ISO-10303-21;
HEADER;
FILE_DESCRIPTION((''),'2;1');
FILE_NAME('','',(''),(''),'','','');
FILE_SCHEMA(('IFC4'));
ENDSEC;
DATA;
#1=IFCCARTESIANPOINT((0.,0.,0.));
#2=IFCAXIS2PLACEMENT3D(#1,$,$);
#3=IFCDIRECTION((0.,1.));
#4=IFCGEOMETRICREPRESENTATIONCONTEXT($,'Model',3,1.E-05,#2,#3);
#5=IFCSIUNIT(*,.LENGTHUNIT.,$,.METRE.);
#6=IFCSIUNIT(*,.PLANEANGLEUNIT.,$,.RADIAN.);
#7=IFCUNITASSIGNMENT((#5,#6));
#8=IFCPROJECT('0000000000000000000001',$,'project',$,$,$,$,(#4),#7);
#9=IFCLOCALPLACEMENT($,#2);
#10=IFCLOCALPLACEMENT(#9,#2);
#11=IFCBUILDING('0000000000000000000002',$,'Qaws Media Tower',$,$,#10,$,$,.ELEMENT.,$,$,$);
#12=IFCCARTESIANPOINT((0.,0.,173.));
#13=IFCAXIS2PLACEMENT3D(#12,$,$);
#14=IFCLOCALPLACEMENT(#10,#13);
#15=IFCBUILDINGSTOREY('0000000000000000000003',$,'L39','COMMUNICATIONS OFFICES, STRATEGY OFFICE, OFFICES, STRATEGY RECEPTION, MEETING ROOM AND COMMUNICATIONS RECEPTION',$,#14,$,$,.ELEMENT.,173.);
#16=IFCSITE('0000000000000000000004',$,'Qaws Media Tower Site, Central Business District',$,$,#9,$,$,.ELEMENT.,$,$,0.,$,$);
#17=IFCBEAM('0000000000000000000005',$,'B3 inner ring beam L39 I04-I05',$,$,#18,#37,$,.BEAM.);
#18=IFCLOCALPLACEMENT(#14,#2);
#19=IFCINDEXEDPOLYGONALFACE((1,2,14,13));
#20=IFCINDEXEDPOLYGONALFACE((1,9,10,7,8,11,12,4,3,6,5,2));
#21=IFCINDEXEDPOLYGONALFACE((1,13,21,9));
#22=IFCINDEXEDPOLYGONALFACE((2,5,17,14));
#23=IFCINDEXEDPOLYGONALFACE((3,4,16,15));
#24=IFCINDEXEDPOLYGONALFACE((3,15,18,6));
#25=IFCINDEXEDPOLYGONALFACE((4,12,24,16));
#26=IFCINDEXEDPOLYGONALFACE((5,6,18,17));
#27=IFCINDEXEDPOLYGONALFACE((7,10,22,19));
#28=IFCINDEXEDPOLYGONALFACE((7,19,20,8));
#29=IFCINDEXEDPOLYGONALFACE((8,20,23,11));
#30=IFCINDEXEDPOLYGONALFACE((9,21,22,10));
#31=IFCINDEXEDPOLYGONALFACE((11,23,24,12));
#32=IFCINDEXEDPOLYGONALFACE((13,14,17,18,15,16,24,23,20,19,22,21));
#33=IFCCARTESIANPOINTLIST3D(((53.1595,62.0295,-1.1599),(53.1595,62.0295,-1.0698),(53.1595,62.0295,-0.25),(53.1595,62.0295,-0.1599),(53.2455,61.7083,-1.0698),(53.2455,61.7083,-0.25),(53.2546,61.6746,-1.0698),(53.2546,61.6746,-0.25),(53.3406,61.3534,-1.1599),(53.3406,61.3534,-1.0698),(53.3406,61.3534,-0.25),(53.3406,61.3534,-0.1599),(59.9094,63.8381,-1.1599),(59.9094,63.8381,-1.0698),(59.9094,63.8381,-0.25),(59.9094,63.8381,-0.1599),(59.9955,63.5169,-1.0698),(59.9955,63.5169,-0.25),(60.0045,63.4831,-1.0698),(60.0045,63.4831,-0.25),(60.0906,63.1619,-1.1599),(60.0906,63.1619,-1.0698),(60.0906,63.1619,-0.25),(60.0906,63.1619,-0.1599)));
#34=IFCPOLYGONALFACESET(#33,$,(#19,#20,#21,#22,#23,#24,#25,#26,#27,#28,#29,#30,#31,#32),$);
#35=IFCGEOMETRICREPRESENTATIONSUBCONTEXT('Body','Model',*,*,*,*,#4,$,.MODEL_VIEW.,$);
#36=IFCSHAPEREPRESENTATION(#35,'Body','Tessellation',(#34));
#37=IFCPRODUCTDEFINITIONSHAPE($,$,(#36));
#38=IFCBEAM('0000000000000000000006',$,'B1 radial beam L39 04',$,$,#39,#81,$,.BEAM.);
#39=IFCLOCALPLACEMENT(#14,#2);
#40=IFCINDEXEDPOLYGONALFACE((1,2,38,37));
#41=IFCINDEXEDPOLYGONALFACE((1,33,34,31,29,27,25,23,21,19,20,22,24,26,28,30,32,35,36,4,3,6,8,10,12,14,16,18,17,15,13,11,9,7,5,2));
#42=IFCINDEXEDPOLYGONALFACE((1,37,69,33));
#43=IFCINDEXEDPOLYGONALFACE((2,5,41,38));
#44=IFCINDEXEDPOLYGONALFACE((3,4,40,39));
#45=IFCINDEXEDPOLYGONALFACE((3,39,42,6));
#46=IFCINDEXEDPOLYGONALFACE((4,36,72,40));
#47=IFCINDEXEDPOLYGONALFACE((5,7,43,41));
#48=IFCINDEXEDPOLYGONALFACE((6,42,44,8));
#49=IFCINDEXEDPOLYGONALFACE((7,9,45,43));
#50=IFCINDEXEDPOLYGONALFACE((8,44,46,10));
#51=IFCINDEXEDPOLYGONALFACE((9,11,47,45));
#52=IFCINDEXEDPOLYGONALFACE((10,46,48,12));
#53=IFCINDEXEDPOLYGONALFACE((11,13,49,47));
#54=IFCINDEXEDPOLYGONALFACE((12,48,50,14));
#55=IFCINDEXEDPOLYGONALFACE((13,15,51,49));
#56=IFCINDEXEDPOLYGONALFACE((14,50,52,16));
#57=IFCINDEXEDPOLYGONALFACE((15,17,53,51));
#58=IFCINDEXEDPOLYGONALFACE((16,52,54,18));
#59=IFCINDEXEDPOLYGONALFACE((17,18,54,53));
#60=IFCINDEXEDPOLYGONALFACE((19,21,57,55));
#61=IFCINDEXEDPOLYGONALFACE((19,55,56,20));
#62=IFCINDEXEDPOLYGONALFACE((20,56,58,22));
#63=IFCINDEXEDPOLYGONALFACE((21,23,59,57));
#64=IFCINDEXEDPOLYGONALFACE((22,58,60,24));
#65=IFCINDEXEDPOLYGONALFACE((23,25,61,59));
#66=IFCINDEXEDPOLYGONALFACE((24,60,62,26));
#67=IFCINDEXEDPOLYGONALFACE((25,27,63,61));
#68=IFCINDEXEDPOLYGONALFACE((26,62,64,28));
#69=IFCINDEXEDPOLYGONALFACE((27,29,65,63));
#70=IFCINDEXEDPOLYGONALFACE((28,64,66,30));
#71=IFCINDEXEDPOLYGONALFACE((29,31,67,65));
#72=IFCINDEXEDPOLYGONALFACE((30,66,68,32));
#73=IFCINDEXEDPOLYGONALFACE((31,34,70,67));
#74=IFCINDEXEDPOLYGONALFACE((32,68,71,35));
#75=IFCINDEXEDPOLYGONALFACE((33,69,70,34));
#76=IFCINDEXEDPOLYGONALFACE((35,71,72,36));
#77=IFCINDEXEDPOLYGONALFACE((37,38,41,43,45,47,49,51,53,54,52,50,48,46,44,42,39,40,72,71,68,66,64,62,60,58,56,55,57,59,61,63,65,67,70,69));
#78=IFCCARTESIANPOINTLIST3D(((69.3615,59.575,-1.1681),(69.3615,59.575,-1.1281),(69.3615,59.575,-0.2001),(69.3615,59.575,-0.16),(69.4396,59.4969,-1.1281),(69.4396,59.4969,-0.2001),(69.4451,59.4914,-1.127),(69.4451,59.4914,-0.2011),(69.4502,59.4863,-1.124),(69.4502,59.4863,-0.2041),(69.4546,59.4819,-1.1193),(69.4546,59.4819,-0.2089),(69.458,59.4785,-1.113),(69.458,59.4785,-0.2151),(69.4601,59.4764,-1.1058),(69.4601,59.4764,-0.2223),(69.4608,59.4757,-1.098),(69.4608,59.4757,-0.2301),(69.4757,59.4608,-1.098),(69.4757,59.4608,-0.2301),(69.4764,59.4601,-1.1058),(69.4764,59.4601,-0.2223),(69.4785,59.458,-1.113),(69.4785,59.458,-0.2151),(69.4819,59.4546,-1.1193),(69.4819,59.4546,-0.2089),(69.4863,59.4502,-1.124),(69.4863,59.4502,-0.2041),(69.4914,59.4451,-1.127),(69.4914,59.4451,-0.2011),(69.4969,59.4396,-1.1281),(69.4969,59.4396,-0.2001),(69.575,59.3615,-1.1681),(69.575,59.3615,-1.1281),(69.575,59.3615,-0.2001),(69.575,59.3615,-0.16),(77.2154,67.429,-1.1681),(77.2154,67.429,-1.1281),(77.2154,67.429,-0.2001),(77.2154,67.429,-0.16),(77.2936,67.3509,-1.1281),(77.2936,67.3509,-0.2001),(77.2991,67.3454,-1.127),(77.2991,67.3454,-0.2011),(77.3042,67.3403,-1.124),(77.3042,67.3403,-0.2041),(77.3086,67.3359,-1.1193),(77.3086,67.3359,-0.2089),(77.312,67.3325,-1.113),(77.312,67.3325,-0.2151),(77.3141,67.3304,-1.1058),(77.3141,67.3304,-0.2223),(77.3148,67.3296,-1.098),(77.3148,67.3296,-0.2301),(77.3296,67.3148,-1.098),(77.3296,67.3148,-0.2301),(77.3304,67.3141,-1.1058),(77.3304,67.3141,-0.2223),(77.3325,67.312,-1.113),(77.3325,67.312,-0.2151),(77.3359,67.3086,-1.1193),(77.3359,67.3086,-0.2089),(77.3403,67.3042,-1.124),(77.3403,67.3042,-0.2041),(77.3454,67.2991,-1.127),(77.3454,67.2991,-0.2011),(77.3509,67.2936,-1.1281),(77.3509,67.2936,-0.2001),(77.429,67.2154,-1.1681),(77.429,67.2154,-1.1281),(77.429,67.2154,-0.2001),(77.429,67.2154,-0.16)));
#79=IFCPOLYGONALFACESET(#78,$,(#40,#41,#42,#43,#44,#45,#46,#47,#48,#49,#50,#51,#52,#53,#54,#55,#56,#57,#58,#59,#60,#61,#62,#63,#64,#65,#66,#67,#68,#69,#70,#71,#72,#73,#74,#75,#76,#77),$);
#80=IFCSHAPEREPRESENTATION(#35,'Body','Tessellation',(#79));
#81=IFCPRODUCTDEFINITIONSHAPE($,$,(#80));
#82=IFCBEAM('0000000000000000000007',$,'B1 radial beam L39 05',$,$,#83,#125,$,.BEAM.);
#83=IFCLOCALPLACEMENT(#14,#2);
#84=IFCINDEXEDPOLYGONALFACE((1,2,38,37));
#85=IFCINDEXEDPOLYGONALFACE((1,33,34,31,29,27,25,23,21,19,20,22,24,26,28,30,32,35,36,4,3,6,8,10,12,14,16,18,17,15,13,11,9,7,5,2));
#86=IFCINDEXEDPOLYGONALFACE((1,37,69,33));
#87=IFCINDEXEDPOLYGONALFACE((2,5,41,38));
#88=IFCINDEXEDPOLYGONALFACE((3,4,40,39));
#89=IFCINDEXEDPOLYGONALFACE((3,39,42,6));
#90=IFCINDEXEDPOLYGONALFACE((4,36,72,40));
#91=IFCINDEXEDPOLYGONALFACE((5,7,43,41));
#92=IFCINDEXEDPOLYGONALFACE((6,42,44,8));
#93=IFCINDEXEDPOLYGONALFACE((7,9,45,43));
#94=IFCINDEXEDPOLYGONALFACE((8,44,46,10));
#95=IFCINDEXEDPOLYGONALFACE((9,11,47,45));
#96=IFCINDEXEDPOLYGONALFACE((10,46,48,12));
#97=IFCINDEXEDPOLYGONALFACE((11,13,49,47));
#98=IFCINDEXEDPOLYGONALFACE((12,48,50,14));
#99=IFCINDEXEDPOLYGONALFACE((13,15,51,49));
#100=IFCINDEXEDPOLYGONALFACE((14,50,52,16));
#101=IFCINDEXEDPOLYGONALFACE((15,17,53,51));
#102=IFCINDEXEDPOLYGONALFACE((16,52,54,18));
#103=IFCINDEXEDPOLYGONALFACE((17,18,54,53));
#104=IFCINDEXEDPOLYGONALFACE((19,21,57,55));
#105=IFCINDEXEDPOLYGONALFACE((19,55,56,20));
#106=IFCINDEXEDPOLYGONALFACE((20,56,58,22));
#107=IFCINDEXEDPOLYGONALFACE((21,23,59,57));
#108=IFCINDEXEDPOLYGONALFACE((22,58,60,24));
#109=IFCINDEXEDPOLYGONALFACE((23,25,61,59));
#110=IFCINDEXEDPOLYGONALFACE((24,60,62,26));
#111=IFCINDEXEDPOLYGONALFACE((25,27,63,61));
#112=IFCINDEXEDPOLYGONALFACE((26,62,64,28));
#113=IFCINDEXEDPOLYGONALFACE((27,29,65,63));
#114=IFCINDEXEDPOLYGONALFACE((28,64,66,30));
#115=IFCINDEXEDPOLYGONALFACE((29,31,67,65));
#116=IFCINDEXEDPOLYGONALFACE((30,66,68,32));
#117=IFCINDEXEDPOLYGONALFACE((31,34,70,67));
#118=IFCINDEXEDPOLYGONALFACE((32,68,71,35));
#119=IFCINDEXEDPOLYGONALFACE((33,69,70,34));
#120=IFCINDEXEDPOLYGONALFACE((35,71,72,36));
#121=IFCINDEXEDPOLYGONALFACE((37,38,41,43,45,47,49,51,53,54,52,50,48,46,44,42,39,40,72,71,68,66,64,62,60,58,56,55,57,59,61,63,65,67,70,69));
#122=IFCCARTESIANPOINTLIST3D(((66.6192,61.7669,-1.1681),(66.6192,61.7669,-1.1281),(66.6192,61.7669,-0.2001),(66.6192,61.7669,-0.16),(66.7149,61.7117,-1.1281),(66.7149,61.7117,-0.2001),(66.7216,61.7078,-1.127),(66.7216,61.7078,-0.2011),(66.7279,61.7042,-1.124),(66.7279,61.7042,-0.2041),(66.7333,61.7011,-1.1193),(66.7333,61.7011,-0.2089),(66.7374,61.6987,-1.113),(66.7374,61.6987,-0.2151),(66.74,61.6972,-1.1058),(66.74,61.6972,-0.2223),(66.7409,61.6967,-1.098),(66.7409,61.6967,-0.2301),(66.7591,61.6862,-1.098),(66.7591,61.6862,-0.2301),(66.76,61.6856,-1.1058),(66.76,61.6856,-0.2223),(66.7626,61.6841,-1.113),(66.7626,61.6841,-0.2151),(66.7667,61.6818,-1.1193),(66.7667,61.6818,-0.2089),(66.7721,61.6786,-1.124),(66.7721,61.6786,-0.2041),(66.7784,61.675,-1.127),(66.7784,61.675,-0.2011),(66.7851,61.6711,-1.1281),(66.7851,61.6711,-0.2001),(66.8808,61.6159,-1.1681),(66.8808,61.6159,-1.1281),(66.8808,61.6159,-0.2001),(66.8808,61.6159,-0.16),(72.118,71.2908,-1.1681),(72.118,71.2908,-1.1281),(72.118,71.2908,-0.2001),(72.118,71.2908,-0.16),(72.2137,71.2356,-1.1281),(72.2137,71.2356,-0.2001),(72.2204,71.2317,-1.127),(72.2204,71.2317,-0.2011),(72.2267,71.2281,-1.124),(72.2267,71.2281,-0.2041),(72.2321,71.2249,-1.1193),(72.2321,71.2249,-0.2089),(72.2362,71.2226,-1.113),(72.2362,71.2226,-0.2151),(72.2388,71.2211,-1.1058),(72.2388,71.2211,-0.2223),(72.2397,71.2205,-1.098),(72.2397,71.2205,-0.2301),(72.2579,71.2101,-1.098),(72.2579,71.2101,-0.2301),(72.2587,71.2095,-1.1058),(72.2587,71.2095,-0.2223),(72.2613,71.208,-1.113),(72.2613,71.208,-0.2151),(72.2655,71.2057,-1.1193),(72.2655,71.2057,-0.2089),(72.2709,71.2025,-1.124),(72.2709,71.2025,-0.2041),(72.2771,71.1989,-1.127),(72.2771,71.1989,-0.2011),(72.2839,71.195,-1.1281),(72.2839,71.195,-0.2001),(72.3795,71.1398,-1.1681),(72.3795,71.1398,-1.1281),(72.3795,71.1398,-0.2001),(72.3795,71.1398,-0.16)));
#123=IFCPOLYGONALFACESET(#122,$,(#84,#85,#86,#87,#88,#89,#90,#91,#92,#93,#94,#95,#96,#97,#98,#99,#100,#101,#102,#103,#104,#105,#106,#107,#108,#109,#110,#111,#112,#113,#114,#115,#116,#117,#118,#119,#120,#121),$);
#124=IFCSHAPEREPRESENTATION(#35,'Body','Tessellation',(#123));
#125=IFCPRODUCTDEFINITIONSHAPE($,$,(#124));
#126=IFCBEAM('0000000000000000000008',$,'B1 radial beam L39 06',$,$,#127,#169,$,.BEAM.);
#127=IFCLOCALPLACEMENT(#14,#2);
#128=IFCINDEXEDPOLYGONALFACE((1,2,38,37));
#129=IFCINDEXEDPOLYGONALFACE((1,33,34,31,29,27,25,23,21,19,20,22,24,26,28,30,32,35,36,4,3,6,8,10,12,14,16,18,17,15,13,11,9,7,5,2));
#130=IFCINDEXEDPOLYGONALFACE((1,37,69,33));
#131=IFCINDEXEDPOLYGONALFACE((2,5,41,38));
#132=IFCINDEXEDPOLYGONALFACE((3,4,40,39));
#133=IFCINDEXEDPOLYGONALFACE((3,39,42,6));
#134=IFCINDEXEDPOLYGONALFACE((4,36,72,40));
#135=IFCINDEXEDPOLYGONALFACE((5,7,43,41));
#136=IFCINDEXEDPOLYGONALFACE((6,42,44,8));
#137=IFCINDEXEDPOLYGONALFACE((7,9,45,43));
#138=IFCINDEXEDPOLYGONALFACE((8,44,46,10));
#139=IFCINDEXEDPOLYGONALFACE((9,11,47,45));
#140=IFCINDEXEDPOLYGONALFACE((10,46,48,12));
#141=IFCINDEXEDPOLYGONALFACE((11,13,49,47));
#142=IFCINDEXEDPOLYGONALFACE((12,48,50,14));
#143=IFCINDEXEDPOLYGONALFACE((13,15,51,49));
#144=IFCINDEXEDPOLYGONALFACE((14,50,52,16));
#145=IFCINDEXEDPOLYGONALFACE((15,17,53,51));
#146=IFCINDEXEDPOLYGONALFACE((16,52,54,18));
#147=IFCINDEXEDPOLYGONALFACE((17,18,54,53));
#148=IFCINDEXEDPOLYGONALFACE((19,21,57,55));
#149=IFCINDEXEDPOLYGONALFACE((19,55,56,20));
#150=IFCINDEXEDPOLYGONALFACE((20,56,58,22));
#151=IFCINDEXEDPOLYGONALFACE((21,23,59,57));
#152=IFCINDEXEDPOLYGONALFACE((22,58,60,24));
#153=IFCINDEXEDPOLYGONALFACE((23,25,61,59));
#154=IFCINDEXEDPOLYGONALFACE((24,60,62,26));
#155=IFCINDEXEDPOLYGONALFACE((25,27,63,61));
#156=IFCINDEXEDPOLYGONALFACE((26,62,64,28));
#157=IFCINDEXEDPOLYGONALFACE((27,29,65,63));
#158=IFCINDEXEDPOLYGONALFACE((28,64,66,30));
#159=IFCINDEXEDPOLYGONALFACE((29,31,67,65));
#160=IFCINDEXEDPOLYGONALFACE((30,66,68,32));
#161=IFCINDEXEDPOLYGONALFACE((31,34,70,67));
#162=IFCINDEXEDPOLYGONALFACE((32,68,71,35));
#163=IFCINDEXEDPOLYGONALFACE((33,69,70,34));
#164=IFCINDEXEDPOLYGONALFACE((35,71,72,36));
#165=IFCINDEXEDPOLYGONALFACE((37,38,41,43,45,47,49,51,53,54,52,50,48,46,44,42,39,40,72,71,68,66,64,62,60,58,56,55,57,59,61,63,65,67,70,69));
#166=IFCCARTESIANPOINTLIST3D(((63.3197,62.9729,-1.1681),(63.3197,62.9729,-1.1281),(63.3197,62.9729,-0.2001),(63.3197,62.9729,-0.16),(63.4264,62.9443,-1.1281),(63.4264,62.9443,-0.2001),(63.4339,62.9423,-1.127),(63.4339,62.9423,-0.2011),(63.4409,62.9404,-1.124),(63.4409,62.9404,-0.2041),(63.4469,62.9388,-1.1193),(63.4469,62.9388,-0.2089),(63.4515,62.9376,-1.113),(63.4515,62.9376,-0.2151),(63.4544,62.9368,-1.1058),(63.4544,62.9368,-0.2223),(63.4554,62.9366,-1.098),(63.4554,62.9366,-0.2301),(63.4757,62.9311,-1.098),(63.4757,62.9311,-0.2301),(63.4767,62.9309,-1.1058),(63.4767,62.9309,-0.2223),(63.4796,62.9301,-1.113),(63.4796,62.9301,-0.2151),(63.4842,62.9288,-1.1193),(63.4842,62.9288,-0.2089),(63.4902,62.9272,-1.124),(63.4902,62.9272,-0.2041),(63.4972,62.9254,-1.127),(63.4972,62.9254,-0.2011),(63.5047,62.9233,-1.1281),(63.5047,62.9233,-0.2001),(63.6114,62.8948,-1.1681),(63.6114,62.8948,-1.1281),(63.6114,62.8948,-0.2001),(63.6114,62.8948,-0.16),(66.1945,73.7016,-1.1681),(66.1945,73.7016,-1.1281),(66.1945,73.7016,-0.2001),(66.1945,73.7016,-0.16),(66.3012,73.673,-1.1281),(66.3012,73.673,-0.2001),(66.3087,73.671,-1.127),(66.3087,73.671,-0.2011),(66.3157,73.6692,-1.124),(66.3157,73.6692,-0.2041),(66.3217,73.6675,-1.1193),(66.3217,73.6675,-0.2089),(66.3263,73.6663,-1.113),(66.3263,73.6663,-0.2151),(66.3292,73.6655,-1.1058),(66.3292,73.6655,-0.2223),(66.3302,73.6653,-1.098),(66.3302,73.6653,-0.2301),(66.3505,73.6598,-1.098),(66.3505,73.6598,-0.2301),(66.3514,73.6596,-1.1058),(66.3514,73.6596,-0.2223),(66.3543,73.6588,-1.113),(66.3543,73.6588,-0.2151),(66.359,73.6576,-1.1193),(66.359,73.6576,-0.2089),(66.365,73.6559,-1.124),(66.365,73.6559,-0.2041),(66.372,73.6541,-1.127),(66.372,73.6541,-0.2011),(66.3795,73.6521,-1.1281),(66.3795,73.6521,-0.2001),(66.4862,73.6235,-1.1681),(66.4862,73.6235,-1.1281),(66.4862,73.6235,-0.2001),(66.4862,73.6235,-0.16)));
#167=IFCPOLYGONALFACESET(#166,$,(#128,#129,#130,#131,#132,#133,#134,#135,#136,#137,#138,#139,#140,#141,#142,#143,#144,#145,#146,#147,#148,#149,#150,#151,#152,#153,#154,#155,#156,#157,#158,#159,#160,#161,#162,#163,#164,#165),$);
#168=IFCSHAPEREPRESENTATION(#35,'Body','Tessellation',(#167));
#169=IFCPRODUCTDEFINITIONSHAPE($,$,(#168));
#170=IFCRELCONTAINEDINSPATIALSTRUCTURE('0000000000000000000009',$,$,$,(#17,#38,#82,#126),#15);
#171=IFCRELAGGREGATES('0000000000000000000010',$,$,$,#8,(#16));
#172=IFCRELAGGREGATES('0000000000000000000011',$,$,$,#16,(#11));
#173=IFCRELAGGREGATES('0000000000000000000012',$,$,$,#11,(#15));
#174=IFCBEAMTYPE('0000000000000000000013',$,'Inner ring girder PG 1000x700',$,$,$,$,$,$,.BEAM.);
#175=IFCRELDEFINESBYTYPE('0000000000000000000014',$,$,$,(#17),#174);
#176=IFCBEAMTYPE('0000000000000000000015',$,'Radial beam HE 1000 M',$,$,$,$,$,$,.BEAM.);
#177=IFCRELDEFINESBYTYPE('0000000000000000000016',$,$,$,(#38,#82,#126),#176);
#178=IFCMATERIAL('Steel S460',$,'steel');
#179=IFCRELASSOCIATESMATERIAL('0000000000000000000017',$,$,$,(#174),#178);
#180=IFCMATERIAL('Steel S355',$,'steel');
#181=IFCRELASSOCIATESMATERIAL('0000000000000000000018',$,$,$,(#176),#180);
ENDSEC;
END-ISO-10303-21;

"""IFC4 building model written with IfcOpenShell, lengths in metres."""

from ifc_helpers import new_model, si_unit, direction, frame, origin, origin_2d, place, context, subcontext, project, spatial, i_section, extrude, material, material_profile, profile_set, type_object, element, save


model = new_model("IFC4")

# Units and contexts
model_context = context("Model", 3, precision=1e-05, world=origin(), true_north=direction((0.0, 1.0)))
body_context = subcontext(model_context, "Body", "Model", "MODEL_VIEW")
ifc_project = project(units=[si_unit("LENGTHUNIT", "METRE"), si_unit("PLANEANGLEUNIT", "RADIAN")], contexts=[model_context])

# Site, building, storey
site_placement = place(None, origin())
site = spatial("IfcSite", under=ifc_project, at=site_placement, Name="Qaws Media Tower Site, Central Business District", CompositionType="ELEMENT", RefElevation=0.0)
building_placement = place(site_placement, origin())
building = spatial("IfcBuilding", under=site, at=building_placement, Name="Qaws Media Tower", CompositionType="ELEMENT")
storey_placement = place(building_placement, frame((0.0, 0.0, 173.0)))
storey = spatial("IfcBuildingStorey", under=building, at=storey_placement, Name="L39", Description="COMMUNICATIONS OFFICES, STRATEGY OFFICE, OFFICES, STRATEGY RECEPTION, MEETING ROOM AND COMMUNICATIONS RECEPTION", CompositionType="ELEMENT", Elevation=173.0)

# Beams
ifc_material_1 = material(Name="Steel S460", Category="steel")
ifc_material_profile_1 = material_profile(ifc_material_1, i_section(OverallWidth=0.7, OverallDepth=1.0, WebThickness=0.0349, FlangeThickness=0.0901, at=origin_2d()), Name="PG 1000x700")
ifc_profile_set_1 = profile_set([ifc_material_profile_1], Name="Steel S460")
beam_type_1 = type_object("IfcBeamType", Name="Inner ring girder PG 1000x700", PredefinedType="BEAM", material=ifc_profile_set_1)
for number, where, z_axis, x_axis, name in (
    (1, (60.0, 63.5, -0.6599), (-0.965928, -0.258811, 0.0), (0.258811, -0.965928, 0.0), "B3 inner ring beam L39 I04-I05"),
):
    element("IfcBeam", number, at=place(storey_placement, frame(where, z_axis=z_axis, x_axis=x_axis)), inside=storey, type_object=beam_type_1, Name=name, PredefinedType="BEAM", context=body_context, shape_type="SweptSolid", body=[
        extrude(i_section(OverallWidth=0.7, OverallDepth=1.0, WebThickness=0.0349, FlangeThickness=0.0901, at=origin_2d()), origin(), (0.0, 0.0, 1.0), 6.988),
    ])
ifc_material_2 = material(Name="Steel S355", Category="steel")
ifc_material_profile_2 = material_profile(ifc_material_2, i_section(OverallWidth=0.302, OverallDepth=1.0081, WebThickness=0.021, FlangeThickness=0.04, FilletRadius=0.03, at=origin_2d()), Name="HE 1000 M")
ifc_profile_set_2 = profile_set([ifc_material_profile_2], Name="Steel S355")
beam_type_2 = type_object("IfcBeamType", Name="Radial beam HE 1000 M", PredefinedType="BEAM", material=ifc_profile_set_2)
beam_1_placement = place(storey_placement, frame((69.4683, 59.4683, -0.6641), z_axis=(0.707107, 0.707107, 0.0), x_axis=(-0.707107, 0.707107, 0.0)))
element("IfcBeam", 2, at=beam_1_placement, inside=storey, type_object=beam_type_2, Name="B1 radial beam L39 04", PredefinedType="BEAM", context=body_context, shape_type="SweptSolid", body=[
    extrude(i_section(OverallWidth=0.302, OverallDepth=1.0081, WebThickness=0.021, FlangeThickness=0.04, FilletRadius=0.03, at=origin_2d()), origin(), (0.0, 0.0, 1.0), 11.1072),
])
beam_2_placement = place(storey_placement, frame((66.75, 61.6914, -0.6641), z_axis=(0.500009, 0.86602, 0.0), x_axis=(-0.86602, 0.500009, 0.0)))
element("IfcBeam", 3, at=beam_2_placement, inside=storey, type_object=beam_type_2, Name="B1 radial beam L39 05", PredefinedType="BEAM", context=body_context, shape_type="SweptSolid", body=[
    extrude(i_section(OverallWidth=0.302, OverallDepth=1.0081, WebThickness=0.021, FlangeThickness=0.04, FilletRadius=0.03, at=origin_2d()), origin(), (0.0, 0.0, 1.0), 10.9973),
])
beam_3_placement = place(storey_placement, frame((63.4656, 62.9338, -0.6641), z_axis=(0.258818, 0.965926, 0.0), x_axis=(-0.965926, 0.258818, 0.0)))
element("IfcBeam", 4, at=beam_3_placement, inside=storey, type_object=beam_type_2, Name="B1 radial beam L39 06", PredefinedType="BEAM", context=body_context, shape_type="SweptSolid", body=[
    extrude(i_section(OverallWidth=0.302, OverallDepth=1.0081, WebThickness=0.021, FlangeThickness=0.04, FilletRadius=0.03, at=origin_2d()), origin(), (0.0, 0.0, 1.0), 11.1072),
])

save(model, "model.ifc")
